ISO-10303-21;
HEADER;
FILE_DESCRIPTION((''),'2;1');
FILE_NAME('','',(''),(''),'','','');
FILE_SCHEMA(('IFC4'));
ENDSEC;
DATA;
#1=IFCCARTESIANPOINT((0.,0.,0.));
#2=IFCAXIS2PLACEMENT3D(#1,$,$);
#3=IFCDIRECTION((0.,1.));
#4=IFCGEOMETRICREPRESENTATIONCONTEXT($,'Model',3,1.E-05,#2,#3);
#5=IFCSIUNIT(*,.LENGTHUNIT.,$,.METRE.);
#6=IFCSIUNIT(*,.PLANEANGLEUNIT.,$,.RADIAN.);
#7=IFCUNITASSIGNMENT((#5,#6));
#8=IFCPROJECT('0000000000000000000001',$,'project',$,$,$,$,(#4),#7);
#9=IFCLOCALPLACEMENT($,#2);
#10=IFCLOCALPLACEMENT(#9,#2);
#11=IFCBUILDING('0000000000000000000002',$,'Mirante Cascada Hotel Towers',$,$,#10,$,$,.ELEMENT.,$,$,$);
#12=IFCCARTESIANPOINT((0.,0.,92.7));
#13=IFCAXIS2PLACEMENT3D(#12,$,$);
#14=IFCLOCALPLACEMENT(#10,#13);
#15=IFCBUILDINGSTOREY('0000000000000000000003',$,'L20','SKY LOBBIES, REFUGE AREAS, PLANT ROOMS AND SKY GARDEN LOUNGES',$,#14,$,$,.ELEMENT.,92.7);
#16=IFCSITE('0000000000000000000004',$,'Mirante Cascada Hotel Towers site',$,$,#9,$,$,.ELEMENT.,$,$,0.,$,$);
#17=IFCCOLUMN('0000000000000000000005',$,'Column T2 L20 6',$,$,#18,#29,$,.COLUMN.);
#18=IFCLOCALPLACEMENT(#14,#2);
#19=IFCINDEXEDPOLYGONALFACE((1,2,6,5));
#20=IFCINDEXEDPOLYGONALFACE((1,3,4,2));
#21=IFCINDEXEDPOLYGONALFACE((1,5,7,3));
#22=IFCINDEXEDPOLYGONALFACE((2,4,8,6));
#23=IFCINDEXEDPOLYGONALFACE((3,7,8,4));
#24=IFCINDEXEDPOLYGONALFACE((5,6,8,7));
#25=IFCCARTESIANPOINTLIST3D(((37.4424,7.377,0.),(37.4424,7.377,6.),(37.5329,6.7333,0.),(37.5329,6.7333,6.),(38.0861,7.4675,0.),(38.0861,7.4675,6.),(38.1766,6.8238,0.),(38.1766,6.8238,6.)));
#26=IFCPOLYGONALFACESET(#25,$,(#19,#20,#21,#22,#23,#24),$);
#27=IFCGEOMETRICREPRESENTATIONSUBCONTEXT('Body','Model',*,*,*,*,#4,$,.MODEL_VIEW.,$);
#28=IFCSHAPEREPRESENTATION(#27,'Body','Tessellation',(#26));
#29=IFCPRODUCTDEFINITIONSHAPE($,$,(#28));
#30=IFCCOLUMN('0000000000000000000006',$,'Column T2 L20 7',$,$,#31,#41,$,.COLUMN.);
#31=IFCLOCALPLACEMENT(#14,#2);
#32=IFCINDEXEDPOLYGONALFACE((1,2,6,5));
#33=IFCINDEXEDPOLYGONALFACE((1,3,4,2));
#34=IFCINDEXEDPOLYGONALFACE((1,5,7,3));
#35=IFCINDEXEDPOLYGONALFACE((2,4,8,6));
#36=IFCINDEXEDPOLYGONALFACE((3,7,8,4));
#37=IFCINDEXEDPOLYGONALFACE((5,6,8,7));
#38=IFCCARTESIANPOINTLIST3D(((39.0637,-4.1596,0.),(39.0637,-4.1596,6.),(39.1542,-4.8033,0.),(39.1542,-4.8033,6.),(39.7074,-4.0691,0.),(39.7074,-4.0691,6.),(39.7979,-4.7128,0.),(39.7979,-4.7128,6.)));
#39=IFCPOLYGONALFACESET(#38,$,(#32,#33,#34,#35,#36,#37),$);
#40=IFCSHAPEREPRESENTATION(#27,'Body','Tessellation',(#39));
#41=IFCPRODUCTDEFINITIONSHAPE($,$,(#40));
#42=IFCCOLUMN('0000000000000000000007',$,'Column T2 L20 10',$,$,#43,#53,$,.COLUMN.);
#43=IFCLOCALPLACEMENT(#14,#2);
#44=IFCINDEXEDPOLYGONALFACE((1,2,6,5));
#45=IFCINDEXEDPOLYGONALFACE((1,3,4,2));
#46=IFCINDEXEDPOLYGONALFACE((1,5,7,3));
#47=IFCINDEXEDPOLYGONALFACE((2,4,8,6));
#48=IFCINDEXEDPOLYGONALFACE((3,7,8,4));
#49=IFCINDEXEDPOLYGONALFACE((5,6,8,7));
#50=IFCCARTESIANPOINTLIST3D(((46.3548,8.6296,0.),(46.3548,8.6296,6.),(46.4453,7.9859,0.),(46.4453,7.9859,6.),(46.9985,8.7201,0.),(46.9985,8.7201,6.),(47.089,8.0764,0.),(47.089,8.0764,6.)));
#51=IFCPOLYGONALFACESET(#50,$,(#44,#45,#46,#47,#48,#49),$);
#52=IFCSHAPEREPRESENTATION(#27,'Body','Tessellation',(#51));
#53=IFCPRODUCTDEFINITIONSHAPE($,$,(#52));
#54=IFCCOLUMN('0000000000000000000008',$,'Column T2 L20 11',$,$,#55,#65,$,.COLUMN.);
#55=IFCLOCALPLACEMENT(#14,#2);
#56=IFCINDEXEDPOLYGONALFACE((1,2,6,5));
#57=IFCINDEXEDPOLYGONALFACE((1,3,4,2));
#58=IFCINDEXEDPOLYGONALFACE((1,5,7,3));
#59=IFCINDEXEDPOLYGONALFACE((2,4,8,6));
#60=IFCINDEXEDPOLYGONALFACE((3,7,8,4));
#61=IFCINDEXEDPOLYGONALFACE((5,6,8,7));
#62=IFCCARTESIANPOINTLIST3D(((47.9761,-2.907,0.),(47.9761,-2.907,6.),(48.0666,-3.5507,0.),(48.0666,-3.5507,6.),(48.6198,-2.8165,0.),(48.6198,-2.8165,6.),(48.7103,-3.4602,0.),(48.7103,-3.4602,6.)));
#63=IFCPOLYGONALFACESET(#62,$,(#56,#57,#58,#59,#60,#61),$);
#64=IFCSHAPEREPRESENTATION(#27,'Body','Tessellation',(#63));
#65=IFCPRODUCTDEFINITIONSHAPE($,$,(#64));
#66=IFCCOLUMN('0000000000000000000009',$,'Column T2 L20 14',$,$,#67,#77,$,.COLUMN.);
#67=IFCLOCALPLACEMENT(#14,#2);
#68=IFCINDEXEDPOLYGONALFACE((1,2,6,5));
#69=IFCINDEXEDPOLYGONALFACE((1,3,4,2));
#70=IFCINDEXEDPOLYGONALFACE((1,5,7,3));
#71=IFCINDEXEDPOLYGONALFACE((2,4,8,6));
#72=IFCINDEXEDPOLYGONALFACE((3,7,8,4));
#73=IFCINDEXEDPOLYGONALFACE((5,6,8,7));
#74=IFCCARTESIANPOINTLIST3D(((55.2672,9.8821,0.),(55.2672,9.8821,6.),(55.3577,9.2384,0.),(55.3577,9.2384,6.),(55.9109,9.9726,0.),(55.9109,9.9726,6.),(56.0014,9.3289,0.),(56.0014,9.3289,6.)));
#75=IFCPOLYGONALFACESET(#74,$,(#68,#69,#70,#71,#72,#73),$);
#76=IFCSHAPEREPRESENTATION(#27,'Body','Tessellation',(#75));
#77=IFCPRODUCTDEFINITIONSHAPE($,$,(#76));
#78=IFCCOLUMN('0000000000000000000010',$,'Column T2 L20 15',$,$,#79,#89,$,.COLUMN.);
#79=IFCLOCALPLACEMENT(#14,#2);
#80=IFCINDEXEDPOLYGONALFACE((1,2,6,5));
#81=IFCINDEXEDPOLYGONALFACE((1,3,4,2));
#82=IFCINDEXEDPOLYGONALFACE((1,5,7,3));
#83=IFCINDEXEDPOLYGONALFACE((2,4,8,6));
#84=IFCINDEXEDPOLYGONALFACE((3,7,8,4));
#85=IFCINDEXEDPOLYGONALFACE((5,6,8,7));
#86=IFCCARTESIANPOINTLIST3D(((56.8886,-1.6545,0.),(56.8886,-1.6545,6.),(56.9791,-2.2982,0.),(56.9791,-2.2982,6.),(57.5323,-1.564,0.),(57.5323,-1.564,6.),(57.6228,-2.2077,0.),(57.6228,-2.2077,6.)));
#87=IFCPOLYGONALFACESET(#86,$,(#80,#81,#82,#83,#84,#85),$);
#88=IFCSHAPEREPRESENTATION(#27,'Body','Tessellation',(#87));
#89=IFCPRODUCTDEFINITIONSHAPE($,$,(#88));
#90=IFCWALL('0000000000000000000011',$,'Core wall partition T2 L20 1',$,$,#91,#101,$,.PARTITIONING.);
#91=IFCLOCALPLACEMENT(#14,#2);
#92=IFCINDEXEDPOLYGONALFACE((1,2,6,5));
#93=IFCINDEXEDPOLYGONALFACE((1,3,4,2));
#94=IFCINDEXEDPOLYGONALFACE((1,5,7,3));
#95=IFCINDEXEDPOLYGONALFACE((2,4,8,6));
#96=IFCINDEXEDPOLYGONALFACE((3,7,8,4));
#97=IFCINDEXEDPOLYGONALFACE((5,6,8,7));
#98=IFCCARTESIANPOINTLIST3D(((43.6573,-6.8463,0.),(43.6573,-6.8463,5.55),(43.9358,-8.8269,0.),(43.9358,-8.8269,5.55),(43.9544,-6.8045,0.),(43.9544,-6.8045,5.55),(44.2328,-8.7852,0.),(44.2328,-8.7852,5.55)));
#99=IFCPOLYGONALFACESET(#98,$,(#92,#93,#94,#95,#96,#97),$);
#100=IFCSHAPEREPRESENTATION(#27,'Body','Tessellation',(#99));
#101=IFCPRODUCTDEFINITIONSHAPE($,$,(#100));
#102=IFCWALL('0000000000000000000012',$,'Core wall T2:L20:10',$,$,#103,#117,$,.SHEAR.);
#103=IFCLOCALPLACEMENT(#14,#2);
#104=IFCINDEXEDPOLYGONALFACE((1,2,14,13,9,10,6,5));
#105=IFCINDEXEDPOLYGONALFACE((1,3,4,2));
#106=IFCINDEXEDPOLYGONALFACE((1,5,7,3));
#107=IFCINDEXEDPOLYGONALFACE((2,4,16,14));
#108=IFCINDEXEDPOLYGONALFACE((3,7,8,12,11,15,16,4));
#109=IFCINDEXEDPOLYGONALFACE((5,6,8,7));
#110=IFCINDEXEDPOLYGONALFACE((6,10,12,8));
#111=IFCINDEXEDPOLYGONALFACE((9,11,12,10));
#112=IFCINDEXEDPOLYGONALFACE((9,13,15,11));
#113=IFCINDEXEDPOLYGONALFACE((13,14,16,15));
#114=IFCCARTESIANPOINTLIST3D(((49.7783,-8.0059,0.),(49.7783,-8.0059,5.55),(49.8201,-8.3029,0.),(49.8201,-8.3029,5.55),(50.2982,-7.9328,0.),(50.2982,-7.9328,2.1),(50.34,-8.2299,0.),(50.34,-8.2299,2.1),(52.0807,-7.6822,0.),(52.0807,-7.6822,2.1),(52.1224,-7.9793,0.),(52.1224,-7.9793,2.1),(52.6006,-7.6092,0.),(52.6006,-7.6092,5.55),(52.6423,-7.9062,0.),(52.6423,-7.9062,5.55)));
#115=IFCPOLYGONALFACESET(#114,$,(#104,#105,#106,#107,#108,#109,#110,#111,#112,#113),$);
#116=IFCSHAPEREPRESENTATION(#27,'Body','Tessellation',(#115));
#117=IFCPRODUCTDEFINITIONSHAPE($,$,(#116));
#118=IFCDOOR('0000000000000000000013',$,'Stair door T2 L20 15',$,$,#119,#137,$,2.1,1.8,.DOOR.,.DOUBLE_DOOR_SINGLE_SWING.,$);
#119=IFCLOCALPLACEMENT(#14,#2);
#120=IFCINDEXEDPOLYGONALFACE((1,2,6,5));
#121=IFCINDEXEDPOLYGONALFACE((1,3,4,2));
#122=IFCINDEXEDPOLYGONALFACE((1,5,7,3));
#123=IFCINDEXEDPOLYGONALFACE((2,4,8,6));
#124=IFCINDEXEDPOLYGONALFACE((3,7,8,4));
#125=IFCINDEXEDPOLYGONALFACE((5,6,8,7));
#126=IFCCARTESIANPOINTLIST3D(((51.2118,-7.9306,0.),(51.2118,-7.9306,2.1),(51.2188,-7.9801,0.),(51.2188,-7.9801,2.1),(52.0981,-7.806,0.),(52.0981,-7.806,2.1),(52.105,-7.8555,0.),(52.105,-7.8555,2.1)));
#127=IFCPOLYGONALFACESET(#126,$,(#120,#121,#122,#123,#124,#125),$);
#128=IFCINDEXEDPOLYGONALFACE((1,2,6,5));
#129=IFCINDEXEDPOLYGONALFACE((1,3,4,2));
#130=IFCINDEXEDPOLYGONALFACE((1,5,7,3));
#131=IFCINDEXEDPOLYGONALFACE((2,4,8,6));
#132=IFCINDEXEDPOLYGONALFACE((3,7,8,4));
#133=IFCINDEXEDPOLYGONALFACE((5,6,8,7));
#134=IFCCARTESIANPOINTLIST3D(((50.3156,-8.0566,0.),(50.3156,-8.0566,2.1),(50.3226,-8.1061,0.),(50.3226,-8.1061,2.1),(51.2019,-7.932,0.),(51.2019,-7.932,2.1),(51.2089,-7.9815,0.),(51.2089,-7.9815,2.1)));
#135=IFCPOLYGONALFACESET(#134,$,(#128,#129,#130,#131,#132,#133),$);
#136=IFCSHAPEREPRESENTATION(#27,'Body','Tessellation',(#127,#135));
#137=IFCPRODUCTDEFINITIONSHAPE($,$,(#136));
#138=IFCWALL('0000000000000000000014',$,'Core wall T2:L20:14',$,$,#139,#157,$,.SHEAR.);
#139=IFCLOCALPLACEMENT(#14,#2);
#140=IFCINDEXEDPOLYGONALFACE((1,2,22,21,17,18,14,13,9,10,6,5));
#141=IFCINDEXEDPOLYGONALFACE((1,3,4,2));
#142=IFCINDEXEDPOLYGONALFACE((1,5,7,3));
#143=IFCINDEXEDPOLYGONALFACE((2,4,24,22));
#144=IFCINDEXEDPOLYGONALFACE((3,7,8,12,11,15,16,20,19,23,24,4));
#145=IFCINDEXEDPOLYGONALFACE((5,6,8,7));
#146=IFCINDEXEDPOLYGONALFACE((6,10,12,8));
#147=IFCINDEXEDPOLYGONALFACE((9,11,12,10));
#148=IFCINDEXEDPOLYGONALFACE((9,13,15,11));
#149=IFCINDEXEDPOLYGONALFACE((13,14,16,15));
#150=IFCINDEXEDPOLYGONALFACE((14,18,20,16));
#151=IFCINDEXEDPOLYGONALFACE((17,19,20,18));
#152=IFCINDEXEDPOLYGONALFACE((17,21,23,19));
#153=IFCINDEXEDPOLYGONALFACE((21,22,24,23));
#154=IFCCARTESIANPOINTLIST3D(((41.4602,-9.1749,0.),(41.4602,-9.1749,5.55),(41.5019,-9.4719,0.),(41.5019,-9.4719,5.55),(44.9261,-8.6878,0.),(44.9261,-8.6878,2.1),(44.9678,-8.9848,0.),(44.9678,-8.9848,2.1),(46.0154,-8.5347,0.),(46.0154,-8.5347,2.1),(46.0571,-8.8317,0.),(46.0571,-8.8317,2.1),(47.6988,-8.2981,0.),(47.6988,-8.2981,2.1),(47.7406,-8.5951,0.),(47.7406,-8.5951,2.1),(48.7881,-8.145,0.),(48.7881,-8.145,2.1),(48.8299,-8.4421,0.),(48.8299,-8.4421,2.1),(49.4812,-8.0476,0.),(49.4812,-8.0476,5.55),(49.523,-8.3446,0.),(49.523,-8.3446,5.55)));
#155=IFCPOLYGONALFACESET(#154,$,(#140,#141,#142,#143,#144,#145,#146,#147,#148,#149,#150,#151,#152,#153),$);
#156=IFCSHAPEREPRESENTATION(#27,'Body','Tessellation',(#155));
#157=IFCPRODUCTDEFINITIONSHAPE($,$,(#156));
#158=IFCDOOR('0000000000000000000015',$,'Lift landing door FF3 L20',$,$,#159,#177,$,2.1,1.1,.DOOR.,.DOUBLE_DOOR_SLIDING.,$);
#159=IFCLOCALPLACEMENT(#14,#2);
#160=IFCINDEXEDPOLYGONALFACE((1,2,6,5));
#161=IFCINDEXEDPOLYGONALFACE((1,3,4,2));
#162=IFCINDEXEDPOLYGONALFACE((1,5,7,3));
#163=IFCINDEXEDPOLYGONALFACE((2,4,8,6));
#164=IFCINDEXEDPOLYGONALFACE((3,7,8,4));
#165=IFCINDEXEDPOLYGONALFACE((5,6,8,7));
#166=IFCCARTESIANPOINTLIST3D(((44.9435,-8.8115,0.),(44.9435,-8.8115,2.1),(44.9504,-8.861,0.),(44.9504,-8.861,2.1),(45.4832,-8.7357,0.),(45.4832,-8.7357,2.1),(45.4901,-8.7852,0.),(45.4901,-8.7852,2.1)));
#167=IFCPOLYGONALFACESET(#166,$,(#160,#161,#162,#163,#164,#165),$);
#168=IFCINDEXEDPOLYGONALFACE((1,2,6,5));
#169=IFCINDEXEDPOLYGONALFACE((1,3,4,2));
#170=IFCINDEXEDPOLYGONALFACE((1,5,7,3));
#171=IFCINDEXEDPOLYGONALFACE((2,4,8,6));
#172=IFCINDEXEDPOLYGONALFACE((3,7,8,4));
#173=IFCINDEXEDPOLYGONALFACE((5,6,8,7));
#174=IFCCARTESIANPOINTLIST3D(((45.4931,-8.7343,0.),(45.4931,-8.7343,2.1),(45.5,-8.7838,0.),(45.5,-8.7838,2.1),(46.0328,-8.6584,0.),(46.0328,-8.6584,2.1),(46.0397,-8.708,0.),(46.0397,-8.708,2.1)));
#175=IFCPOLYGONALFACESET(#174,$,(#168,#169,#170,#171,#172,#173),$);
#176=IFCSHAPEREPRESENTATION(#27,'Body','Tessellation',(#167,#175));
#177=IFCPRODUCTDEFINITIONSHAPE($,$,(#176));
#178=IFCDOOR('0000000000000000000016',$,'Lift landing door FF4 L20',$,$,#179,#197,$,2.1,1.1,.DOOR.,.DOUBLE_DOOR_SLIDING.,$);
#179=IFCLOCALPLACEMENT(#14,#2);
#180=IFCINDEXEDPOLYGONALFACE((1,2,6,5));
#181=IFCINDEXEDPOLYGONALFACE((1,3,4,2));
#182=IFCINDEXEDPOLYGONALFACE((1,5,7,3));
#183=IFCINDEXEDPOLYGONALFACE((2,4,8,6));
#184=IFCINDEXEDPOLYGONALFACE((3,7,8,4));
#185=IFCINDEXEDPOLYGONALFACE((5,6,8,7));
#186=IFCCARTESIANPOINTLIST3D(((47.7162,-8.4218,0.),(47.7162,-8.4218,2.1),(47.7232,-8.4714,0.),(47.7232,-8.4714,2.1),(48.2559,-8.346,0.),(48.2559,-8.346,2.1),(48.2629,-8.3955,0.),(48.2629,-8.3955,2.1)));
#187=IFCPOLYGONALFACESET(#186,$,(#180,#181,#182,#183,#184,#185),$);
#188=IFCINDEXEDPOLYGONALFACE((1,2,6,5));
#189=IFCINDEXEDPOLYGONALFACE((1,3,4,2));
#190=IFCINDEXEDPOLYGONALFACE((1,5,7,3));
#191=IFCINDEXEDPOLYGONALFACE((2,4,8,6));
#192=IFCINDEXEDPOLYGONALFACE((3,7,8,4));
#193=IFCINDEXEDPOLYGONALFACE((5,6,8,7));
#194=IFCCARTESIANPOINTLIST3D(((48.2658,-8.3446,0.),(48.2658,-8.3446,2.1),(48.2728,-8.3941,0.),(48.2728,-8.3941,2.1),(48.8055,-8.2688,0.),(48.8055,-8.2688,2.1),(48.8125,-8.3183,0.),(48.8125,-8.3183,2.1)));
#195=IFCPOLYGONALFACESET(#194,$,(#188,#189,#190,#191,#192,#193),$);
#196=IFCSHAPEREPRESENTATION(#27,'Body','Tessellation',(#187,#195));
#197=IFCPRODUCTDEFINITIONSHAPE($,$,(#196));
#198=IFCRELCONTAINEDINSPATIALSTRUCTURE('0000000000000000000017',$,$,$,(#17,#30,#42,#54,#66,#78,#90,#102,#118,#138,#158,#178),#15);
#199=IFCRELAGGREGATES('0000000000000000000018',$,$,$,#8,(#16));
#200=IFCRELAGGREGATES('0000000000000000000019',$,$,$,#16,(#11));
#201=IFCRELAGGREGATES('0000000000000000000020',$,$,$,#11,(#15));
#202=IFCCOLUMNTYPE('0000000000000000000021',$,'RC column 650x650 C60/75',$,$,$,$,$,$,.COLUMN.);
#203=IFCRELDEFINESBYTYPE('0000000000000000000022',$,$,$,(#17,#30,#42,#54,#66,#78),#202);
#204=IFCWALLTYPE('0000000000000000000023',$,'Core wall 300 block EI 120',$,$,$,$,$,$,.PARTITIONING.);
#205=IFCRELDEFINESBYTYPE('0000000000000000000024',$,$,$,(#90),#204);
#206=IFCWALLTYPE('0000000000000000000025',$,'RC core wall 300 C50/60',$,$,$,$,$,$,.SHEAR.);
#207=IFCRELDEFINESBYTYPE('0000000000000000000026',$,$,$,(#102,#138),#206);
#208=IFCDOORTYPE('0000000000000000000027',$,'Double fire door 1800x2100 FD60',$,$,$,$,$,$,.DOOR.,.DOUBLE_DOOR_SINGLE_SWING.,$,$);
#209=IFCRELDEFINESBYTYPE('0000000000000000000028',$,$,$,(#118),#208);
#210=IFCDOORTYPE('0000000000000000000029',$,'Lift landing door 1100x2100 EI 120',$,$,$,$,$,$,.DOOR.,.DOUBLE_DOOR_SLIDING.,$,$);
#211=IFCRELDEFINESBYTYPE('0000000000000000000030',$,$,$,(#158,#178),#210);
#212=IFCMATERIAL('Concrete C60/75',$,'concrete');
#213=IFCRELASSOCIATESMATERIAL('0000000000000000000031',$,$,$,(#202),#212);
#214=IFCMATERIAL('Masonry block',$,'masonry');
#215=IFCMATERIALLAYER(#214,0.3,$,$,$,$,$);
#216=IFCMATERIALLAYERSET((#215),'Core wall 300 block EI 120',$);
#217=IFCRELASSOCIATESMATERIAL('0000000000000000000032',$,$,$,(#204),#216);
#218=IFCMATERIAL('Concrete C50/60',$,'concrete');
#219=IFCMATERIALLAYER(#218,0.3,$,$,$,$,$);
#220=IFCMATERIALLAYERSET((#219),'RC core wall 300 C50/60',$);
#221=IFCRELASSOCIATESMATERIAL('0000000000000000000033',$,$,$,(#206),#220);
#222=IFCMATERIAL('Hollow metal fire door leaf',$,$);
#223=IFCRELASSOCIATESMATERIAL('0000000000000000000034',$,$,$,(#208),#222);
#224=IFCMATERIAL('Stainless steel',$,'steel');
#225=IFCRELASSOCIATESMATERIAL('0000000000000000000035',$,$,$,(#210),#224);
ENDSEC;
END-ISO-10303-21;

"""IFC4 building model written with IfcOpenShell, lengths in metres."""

from ifc_helpers import new_model, si_unit, direction, frame, frame_2d, origin, origin_2d, place, context, subcontext, project, spatial, rectangle, extrude, material, layer, layer_set, material_profile, profile_set, type_object, element, fill, save


model = new_model("IFC4")

# Units and contexts
model_context = context("Model", 3, precision=1e-05, world=origin(), true_north=direction((0.0, 1.0)))
body_context = subcontext(model_context, "Body", "Model", "MODEL_VIEW")
ifc_project = project(units=[si_unit("LENGTHUNIT", "METRE"), si_unit("PLANEANGLEUNIT", "RADIAN")], contexts=[model_context])

# Site, building, storey
site_placement = place(None, origin())
site = spatial("IfcSite", under=ifc_project, at=site_placement, Name="Mirante Cascada Hotel Towers site", CompositionType="ELEMENT", RefElevation=0.0)
building_placement = place(site_placement, origin())
building = spatial("IfcBuilding", under=site, at=building_placement, Name="Mirante Cascada Hotel Towers", CompositionType="ELEMENT")
storey_placement = place(building_placement, frame((0.0, 0.0, 92.7)))
storey = spatial("IfcBuildingStorey", under=building, at=storey_placement, Name="L20", Description="SKY LOBBIES, REFUGE AREAS, PLANT ROOMS AND SKY GARDEN LOUNGES", CompositionType="ELEMENT", Elevation=92.7)

# Columns
ifc_material_1 = material(Name="Concrete C60/75", Category="concrete")
ifc_material_profile_1 = material_profile(ifc_material_1, rectangle(XDim=0.65, YDim=0.65, at=origin_2d()), Name="RC column 650x650 C60/75")
ifc_profile_set_1 = profile_set([ifc_material_profile_1], Name="Concrete C60/75")
column_type = type_object("IfcColumnType", Name="RC column 650x650 C60/75", PredefinedType="COLUMN", material=ifc_profile_set_1)
for number, where, z_axis, x_axis, name in (
    (1, (37.8095, 7.1004, 0.0), (0.0, 0.0, 1.0), (0.990268, 0.139173, 0.0), "Column T2 L20 6"),
    (2, (39.4308, -4.4362, 0.0), (0.0, 0.0, 1.0), (0.990268, 0.139173, 0.0), "Column T2 L20 7"),
    (3, (46.7219, 8.353, 0.0), (0.0, 0.0, 1.0), (0.990268, 0.139173, 0.0), "Column T2 L20 10"),
    (4, (48.3432, -3.1836, 0.0), (0.0, 0.0, 1.0), (0.990268, 0.139173, 0.0), "Column T2 L20 11"),
    (5, (55.6343, 9.6055, 0.0), (0.0, 0.0, 1.0), (0.990268, 0.139173, 0.0), "Column T2 L20 14"),
    (6, (57.2557, -1.9311, 0.0), (0.0, 0.0, 1.0), (0.990268, 0.139173, 0.0), "Column T2 L20 15"),
):
    element("IfcColumn", number, at=place(storey_placement, frame(where, z_axis=z_axis, x_axis=x_axis)), inside=storey, type_object=column_type, Name=name, PredefinedType="COLUMN", context=body_context, shape_type="SweptSolid", body=[
        extrude(rectangle(XDim=0.65, YDim=0.65, at=origin_2d()), origin(), (0.0, 0.0, 1.0), 6.0),
    ])

# Wall
ifc_material_2 = material(Name="Masonry block", Category="masonry")
ifc_layer_1 = layer(ifc_material_2, 0.3)
ifc_layer_set_1 = layer_set([ifc_layer_1], Name="Core wall 300 block EI 120")
wall_type_1 = type_object("IfcWallType", Name="Core wall 300 block EI 120", PredefinedType="PARTITIONING", material=ifc_layer_set_1)
wall_1_placement = place(storey_placement, frame((44.0843, -8.8061, 0.0), z_axis=(0.0, 0.0, 1.0), x_axis=(-0.139195, 0.990265, 0.0)))
element("IfcWall", 7, at=wall_1_placement, inside=storey, type_object=wall_type_1, Name="Core wall partition T2 L20 1", PredefinedType="PARTITIONING", context=body_context, shape_type="SweptSolid", body=[
    extrude(rectangle(XDim=2.0001, YDim=0.3, at=frame_2d((1.0001, 0.0))), origin(), (0.0, 0.0, 1.0), 5.55),
])

# Wall, opening, door
ifc_material_3 = material(Name="Concrete C50/60", Category="concrete")
ifc_layer_2 = layer(ifc_material_3, 0.3)
ifc_layer_set_2 = layer_set([ifc_layer_2], Name="RC core wall 300 C50/60")
wall_type_2 = type_object("IfcWallType", Name="RC core wall 300 C50/60", PredefinedType="SHEAR", material=ifc_layer_set_2)
wall_2_placement = place(storey_placement, frame((49.7992, -8.1544, 0.0), z_axis=(0.0, 0.0, 1.0), x_axis=(0.990266, 0.139191, 0.0)))
wall_2 = element("IfcWall", 8, at=wall_2_placement, inside=storey, type_object=wall_type_2, Name="Core wall T2:L20:10", PredefinedType="SHEAR", context=body_context, shape_type="SweptSolid", body=[
    extrude(rectangle(XDim=2.85, YDim=0.3, at=frame_2d((1.425, 0.0))), origin(), (0.0, 0.0, 1.0), 5.55),
])
opening_1_placement = place(wall_2_placement, frame((0.525, 0.0, 0.0)))
opening_1 = element("IfcOpeningElement", 9, at=opening_1_placement, cuts=wall_2, PredefinedType="OPENING", context=body_context, shape_type="SweptSolid", body=[
    extrude(rectangle(XDim=1.8, YDim=2.1, at=frame_2d((0.9, 1.05))), frame((0.0, 0.15, 0.0), z_axis=(0.0, -1.0, 0.0), x_axis=(1.0, 0.0, 0.0)), (0.0, 0.0, 1.0), 0.3),
])
ifc_material_4 = material(Name="Hollow metal fire door leaf")
door_type_1 = type_object("IfcDoorType", Name="Double fire door 1800x2100 FD60", OperationType="DOUBLE_DOOR_SINGLE_SWING", PredefinedType="DOOR", material=ifc_material_4)
door_1_placement = place(opening_1_placement, frame((1.8, 0.0, 0.0), z_axis=(0.0, 0.0, 1.0), x_axis=(-1.0, 0.0, 0.0)))
door_1 = element("IfcDoor", 10, at=door_1_placement, inside=storey, type_object=door_type_1, Name="Stair door T2 L20 15", OperationType="DOUBLE_DOOR_SINGLE_SWING", OverallHeight=2.1, OverallWidth=1.8, PredefinedType="DOOR", context=body_context, shape_type="SweptSolid", body=[
    extrude(rectangle(XDim=0.895, YDim=2.1, at=frame_2d((0.4475, 1.05))), frame((0.0, 0.025, 0.0), z_axis=(0.0, -1.0, 0.0), x_axis=(1.0, 0.0, 0.0)), (0.0, 0.0, 1.0), 0.05),
    extrude(rectangle(XDim=0.895, YDim=2.1, at=frame_2d((1.3525, 1.05))), frame((0.0, 0.025, 0.0), z_axis=(0.0, -1.0, 0.0), x_axis=(1.0, 0.0, 0.0)), (0.0, 0.0, 1.0), 0.05),
])
fill(opening_1, door_1)

# Wall, openings, doors
wall_3_placement = place(storey_placement, frame((41.481, -9.3234, 0.0), z_axis=(0.0, 0.0, 1.0), x_axis=(0.990268, 0.139174, 0.0)))
wall_3 = element("IfcWall", 11, at=wall_3_placement, inside=storey, type_object=wall_type_2, Name="Core wall T2:L20:14", PredefinedType="SHEAR", context=body_context, shape_type="SweptSolid", body=[
    extrude(rectangle(XDim=8.0999, YDim=0.3, at=frame_2d((4.05, 0.0))), origin(), (0.0, 0.0, 1.0), 5.55),
])
opening_2_placement = place(wall_3_placement, frame((3.5, 0.0, 0.0)))
opening_2 = element("IfcOpeningElement", 12, at=opening_2_placement, cuts=wall_3, PredefinedType="OPENING", context=body_context, shape_type="SweptSolid", body=[
    extrude(rectangle(XDim=1.1, YDim=2.1, at=frame_2d((0.55, 1.05))), frame((0.0, 0.15, 0.0), z_axis=(0.0, -1.0, 0.0), x_axis=(1.0, 0.0, 0.0)), (0.0, 0.0, 1.0), 0.3),
])
opening_3_placement = place(wall_3_placement, frame((6.3, 0.0, 0.0)))
opening_3 = element("IfcOpeningElement", 13, at=opening_3_placement, cuts=wall_3, PredefinedType="OPENING", context=body_context, shape_type="SweptSolid", body=[
    extrude(rectangle(XDim=1.1, YDim=2.1, at=frame_2d((0.55, 1.05))), frame((0.0, 0.15, 0.0), z_axis=(0.0, -1.0, 0.0), x_axis=(1.0, 0.0, 0.0)), (0.0, 0.0, 1.0), 0.3),
])
ifc_material_5 = material(Name="Stainless steel", Category="steel")
door_type_2 = type_object("IfcDoorType", Name="Lift landing door 1100x2100 EI 120", OperationType="DOUBLE_DOOR_SLIDING", PredefinedType="DOOR", material=ifc_material_5)
door_2_placement = place(opening_2_placement, origin())
door_2 = element("IfcDoor", 14, at=door_2_placement, inside=storey, type_object=door_type_2, Name="Lift landing door FF3 L20", OperationType="DOUBLE_DOOR_SLIDING", OverallHeight=2.1, OverallWidth=1.1, PredefinedType="DOOR", context=body_context, shape_type="SweptSolid", body=[
    extrude(rectangle(XDim=0.545, YDim=2.1, at=frame_2d((0.2725, 1.05))), frame((0.0, 0.025, 0.0), z_axis=(0.0, -1.0, 0.0), x_axis=(1.0, 0.0, 0.0)), (0.0, 0.0, 1.0), 0.05),
    extrude(rectangle(XDim=0.545, YDim=2.1, at=frame_2d((0.8275, 1.05))), frame((0.0, 0.025, 0.0), z_axis=(0.0, -1.0, 0.0), x_axis=(1.0, 0.0, 0.0)), (0.0, 0.0, 1.0), 0.05),
])
fill(opening_2, door_2)
door_3_placement = place(opening_3_placement, origin())
door_3 = element("IfcDoor", 15, at=door_3_placement, inside=storey, type_object=door_type_2, Name="Lift landing door FF4 L20", OperationType="DOUBLE_DOOR_SLIDING", OverallHeight=2.1, OverallWidth=1.1, PredefinedType="DOOR", context=body_context, shape_type="SweptSolid", body=[
    extrude(rectangle(XDim=0.545, YDim=2.1, at=frame_2d((0.2725, 1.05))), frame((0.0, 0.025, 0.0), z_axis=(0.0, -1.0, 0.0), x_axis=(1.0, 0.0, 0.0)), (0.0, 0.0, 1.0), 0.05),
    extrude(rectangle(XDim=0.545, YDim=2.1, at=frame_2d((0.8275, 1.05))), frame((0.0, 0.025, 0.0), z_axis=(0.0, -1.0, 0.0), x_axis=(1.0, 0.0, 0.0)), (0.0, 0.0, 1.0), 0.05),
])
fill(opening_3, door_3)

save(model, "model.ifc")
